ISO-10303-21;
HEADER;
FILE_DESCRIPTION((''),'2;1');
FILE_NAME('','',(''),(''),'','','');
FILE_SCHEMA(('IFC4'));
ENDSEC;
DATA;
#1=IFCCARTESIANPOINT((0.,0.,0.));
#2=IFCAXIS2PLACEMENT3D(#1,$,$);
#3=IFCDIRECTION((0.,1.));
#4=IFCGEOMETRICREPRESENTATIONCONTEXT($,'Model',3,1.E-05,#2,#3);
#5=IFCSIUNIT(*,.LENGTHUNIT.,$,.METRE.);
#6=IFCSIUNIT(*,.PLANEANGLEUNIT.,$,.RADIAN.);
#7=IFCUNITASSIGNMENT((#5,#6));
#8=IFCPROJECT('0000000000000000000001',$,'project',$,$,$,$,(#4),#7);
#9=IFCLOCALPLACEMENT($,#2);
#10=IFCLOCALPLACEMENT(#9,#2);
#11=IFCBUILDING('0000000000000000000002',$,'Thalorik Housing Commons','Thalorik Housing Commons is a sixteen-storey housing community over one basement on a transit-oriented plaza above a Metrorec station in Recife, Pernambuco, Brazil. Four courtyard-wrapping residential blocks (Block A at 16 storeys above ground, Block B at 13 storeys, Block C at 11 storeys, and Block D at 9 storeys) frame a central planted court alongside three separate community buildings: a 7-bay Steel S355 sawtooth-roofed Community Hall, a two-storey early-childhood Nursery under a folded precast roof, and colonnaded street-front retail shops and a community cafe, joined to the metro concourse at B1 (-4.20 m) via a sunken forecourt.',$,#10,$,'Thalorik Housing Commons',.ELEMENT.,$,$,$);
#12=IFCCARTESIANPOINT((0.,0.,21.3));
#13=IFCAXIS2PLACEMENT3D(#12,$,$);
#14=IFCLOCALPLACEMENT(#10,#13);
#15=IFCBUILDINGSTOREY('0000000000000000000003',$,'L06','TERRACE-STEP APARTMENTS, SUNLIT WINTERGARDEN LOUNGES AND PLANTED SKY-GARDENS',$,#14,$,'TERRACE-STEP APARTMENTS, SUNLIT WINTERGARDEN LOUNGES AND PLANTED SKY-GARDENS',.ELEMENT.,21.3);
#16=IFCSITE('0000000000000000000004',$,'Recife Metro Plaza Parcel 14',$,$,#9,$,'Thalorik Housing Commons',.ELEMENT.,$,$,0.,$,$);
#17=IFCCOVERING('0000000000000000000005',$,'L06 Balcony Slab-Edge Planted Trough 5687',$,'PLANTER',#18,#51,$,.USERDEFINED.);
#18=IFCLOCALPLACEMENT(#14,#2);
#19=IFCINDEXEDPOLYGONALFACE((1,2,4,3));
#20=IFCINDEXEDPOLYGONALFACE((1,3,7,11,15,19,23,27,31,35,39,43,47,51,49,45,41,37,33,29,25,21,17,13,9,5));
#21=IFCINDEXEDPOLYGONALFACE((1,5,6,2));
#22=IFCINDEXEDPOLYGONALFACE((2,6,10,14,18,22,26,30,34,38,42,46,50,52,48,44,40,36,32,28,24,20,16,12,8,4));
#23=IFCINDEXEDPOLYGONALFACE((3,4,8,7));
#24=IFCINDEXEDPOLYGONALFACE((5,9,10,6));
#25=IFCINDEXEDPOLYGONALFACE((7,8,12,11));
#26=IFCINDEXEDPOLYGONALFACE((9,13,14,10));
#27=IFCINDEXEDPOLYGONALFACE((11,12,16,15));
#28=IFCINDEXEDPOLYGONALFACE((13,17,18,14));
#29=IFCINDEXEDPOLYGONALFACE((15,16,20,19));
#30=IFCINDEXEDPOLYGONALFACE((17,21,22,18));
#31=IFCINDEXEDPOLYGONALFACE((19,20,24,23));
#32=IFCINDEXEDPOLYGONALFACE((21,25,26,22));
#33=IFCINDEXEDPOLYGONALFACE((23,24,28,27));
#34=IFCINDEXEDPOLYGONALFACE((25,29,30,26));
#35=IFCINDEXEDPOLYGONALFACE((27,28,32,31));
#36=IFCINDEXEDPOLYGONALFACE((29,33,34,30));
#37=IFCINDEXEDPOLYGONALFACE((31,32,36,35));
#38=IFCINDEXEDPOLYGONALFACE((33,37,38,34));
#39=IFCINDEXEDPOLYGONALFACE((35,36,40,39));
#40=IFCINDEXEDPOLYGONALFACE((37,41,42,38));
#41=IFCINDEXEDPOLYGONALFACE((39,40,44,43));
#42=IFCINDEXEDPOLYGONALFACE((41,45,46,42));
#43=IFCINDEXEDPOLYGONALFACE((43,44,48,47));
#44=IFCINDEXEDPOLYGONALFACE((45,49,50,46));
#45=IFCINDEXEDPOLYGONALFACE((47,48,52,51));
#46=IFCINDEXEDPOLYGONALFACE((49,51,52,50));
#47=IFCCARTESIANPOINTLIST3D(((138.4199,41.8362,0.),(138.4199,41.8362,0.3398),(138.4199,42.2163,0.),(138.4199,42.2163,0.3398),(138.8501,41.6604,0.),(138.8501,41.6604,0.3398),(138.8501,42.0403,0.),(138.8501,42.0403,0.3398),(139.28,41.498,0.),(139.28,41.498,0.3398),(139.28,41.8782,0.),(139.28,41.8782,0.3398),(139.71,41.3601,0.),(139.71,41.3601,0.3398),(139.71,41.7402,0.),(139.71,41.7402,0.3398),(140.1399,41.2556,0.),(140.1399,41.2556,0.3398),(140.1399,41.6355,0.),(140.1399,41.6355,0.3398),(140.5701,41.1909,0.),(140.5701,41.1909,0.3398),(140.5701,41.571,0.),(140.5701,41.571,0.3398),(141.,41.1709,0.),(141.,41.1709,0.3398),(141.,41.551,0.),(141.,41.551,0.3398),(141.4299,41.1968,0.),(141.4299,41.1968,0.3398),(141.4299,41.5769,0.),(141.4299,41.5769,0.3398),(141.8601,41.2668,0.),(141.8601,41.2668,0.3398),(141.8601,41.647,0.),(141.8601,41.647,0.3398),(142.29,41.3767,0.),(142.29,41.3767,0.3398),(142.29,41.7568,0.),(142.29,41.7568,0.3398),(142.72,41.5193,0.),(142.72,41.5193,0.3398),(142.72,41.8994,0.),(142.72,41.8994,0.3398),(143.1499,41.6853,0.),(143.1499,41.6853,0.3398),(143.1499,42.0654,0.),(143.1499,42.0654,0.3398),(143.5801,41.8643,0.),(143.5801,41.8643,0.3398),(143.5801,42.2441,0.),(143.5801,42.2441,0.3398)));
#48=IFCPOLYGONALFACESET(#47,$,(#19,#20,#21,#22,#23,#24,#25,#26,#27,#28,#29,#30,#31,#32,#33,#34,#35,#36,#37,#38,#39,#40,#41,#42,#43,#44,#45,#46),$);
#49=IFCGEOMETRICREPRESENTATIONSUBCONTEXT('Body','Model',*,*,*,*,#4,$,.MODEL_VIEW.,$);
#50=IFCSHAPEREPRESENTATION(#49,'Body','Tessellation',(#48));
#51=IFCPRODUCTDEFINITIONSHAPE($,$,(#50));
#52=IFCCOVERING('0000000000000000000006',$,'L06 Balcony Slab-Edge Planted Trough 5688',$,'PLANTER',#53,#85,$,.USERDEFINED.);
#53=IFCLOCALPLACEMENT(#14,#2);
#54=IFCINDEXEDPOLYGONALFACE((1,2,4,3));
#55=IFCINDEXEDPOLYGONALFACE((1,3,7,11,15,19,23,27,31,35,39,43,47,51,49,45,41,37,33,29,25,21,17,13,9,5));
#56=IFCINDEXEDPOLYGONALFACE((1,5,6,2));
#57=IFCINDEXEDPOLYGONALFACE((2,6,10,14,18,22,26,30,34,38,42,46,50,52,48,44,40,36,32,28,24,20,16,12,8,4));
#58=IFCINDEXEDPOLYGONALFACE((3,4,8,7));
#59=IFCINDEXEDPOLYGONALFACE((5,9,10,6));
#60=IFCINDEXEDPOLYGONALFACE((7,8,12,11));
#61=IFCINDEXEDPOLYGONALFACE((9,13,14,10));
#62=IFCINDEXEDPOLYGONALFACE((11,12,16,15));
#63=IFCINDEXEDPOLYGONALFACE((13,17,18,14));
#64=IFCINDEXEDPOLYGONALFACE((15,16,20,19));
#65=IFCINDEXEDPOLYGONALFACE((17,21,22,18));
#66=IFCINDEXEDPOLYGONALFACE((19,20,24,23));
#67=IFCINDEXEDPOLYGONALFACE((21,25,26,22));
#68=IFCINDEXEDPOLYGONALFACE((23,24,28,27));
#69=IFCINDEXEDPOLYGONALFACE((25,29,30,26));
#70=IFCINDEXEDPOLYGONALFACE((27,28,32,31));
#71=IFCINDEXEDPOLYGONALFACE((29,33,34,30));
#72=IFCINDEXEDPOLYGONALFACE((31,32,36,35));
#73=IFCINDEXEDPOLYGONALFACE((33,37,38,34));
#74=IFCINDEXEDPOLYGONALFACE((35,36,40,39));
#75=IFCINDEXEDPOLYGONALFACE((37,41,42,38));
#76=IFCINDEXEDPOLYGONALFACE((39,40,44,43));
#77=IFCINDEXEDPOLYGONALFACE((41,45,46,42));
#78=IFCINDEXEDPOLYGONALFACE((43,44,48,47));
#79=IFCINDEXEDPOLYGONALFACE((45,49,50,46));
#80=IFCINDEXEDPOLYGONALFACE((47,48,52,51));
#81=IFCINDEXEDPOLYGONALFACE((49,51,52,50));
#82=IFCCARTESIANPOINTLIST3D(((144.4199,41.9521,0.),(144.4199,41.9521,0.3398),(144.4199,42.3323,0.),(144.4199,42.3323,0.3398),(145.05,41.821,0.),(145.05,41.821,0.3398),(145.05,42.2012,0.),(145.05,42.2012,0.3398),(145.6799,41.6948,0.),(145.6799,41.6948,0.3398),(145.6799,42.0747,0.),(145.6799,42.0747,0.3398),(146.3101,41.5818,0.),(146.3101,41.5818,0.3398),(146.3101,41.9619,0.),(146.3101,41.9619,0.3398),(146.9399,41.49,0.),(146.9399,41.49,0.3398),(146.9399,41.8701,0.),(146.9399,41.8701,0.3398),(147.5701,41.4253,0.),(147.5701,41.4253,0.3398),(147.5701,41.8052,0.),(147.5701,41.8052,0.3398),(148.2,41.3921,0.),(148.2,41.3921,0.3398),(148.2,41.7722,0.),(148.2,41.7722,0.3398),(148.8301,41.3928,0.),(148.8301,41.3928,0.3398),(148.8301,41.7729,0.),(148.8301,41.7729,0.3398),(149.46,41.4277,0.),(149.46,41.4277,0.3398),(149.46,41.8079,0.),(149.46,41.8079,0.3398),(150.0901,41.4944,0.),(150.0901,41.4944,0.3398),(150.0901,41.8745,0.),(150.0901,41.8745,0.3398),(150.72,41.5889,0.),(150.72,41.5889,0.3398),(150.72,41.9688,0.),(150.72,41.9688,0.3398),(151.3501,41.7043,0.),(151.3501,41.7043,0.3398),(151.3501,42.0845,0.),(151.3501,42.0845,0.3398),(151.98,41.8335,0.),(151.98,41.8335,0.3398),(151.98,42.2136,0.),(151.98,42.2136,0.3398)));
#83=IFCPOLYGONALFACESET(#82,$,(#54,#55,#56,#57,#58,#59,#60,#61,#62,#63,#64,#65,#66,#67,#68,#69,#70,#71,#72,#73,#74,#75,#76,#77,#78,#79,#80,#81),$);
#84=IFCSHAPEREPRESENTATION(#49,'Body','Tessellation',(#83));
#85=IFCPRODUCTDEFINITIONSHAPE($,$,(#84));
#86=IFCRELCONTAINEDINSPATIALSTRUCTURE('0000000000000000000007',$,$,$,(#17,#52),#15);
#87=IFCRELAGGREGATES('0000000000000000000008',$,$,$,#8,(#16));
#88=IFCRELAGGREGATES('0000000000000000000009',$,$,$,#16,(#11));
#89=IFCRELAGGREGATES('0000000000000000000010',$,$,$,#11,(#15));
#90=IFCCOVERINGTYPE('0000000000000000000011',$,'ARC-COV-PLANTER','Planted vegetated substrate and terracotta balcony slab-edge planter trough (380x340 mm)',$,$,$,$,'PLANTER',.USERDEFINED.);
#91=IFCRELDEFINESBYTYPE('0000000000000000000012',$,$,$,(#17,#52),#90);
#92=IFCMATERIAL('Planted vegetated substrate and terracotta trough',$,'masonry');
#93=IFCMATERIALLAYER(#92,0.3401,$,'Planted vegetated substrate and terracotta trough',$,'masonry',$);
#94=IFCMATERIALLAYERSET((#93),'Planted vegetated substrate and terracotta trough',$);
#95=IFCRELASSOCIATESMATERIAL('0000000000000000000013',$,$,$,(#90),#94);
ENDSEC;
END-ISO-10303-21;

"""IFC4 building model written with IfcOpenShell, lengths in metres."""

from ifc_helpers import new_model, si_unit, direction, frame, origin, place, context, subcontext, project, spatial, polyline, outline, extrude, material, layer, layer_set, type_object, element, save


model = new_model("IFC4")

# Units and contexts
model_context = context("Model", 3, precision=1e-05, world=origin(), true_north=direction((0.0, 1.0)))
body_context = subcontext(model_context, "Body", "Model", "MODEL_VIEW")
ifc_project = project(units=[si_unit("LENGTHUNIT", "METRE"), si_unit("PLANEANGLEUNIT", "RADIAN")], contexts=[model_context])

# Site, building, storey
site_placement = place(None, origin())
site = spatial("IfcSite", under=ifc_project, at=site_placement, Name="Recife Metro Plaza Parcel 14", LongName="Thalorik Housing Commons", CompositionType="ELEMENT", RefElevation=0.0)
building_placement = place(site_placement, origin())
building = spatial("IfcBuilding", under=site, at=building_placement, Name="Thalorik Housing Commons", Description="Thalorik Housing Commons is a sixteen-storey housing community over one basement on a transit-oriented plaza above a Metrorec station in Recife, Pernambuco, Brazil. Four courtyard-wrapping residential blocks (Block A at 16 storeys above ground, Block B at 13 storeys, Block C at 11 storeys, and Block D at 9 storeys) frame a central planted court alongside three separate community buildings: a 7-bay Steel S355 sawtooth-roofed Community Hall, a two-storey early-childhood Nursery under a folded precast roof, and colonnaded street-front retail shops and a community cafe, joined to the metro concourse at B1 (-4.20 m) via a sunken forecourt.", LongName="Thalorik Housing Commons", CompositionType="ELEMENT")
storey_placement = place(building_placement, frame((0.0, 0.0, 21.3)))
storey = spatial("IfcBuildingStorey", under=building, at=storey_placement, Name="L06", Description="TERRACE-STEP APARTMENTS, SUNLIT WINTERGARDEN LOUNGES AND PLANTED SKY-GARDENS", LongName="TERRACE-STEP APARTMENTS, SUNLIT WINTERGARDEN LOUNGES AND PLANTED SKY-GARDENS", CompositionType="ELEMENT", Elevation=21.3)

# Coverings
ifc_material_1 = material(Name="Planted vegetated substrate and terracotta trough", Category="masonry")
ifc_layer_1 = layer(ifc_material_1, 0.3401, Name="Planted vegetated substrate and terracotta trough", Category="masonry")
ifc_layer_set_1 = layer_set([ifc_layer_1], Name="Planted vegetated substrate and terracotta trough")
covering_type_1 = type_object("IfcCoveringType", Name="ARC-COV-PLANTER", Description="Planted vegetated substrate and terracotta balcony slab-edge planter trough (380x340 mm)", ElementType="PLANTER", PredefinedType="USERDEFINED", material=ifc_layer_set_1)
covering_1_placement = place(storey_placement, origin())
element("IfcCovering", 1, at=covering_1_placement, inside=storey, type_object=covering_type_1, Name="L06 Balcony Slab-Edge Planted Trough 5687", ObjectType="PLANTER", PredefinedType="USERDEFINED", context=body_context, shape_type="SweptSolid", body=[
    extrude(outline(polyline([(138.4199, 41.8362), (138.8501, 41.6604), (139.28, 41.498), (139.71, 41.3601), (140.1399, 41.2556), (140.5701, 41.1909), (141.0, 41.1709), (141.4299, 41.1968), (141.8601, 41.2668), (142.29, 41.3767), (142.72, 41.5193), (143.1499, 41.6853), (143.5801, 41.8643), (143.5801, 42.2441), (143.1499, 42.0654), (142.72, 41.8994), (142.29, 41.7568), (141.8601, 41.647), (141.4299, 41.5769), (141.0, 41.551), (140.5701, 41.571), (140.1399, 41.6355), (139.71, 41.7402), (139.28, 41.8782), (138.8501, 42.0403), (138.4199, 42.2163), (138.4199, 41.8362)])), origin(), (0.0, 0.0, 1.0), 0.3398),
])
covering_2_placement = place(storey_placement, origin())
element("IfcCovering", 2, at=covering_2_placement, inside=storey, type_object=covering_type_1, Name="L06 Balcony Slab-Edge Planted Trough 5688", ObjectType="PLANTER", PredefinedType="USERDEFINED", context=body_context, shape_type="SweptSolid", body=[
    extrude(outline(polyline([(144.4199, 41.9521), (145.05, 41.821), (145.6799, 41.6948), (146.3101, 41.5818), (146.9399, 41.49), (147.5701, 41.4253), (148.2, 41.3921), (148.8301, 41.3928), (149.46, 41.4277), (150.0901, 41.4944), (150.72, 41.5889), (151.3501, 41.7043), (151.98, 41.8335), (151.98, 42.2136), (151.3501, 42.0845), (150.72, 41.9688), (150.0901, 41.8745), (149.46, 41.8079), (148.8301, 41.7729), (148.2, 41.7722), (147.5701, 41.8052), (146.9399, 41.8701), (146.3101, 41.9619), (145.6799, 42.0747), (145.05, 42.2012), (144.4199, 42.3323), (144.4199, 41.9521)])), origin(), (0.0, 0.0, 1.0), 0.3398),
])

save(model, "model.ifc")
